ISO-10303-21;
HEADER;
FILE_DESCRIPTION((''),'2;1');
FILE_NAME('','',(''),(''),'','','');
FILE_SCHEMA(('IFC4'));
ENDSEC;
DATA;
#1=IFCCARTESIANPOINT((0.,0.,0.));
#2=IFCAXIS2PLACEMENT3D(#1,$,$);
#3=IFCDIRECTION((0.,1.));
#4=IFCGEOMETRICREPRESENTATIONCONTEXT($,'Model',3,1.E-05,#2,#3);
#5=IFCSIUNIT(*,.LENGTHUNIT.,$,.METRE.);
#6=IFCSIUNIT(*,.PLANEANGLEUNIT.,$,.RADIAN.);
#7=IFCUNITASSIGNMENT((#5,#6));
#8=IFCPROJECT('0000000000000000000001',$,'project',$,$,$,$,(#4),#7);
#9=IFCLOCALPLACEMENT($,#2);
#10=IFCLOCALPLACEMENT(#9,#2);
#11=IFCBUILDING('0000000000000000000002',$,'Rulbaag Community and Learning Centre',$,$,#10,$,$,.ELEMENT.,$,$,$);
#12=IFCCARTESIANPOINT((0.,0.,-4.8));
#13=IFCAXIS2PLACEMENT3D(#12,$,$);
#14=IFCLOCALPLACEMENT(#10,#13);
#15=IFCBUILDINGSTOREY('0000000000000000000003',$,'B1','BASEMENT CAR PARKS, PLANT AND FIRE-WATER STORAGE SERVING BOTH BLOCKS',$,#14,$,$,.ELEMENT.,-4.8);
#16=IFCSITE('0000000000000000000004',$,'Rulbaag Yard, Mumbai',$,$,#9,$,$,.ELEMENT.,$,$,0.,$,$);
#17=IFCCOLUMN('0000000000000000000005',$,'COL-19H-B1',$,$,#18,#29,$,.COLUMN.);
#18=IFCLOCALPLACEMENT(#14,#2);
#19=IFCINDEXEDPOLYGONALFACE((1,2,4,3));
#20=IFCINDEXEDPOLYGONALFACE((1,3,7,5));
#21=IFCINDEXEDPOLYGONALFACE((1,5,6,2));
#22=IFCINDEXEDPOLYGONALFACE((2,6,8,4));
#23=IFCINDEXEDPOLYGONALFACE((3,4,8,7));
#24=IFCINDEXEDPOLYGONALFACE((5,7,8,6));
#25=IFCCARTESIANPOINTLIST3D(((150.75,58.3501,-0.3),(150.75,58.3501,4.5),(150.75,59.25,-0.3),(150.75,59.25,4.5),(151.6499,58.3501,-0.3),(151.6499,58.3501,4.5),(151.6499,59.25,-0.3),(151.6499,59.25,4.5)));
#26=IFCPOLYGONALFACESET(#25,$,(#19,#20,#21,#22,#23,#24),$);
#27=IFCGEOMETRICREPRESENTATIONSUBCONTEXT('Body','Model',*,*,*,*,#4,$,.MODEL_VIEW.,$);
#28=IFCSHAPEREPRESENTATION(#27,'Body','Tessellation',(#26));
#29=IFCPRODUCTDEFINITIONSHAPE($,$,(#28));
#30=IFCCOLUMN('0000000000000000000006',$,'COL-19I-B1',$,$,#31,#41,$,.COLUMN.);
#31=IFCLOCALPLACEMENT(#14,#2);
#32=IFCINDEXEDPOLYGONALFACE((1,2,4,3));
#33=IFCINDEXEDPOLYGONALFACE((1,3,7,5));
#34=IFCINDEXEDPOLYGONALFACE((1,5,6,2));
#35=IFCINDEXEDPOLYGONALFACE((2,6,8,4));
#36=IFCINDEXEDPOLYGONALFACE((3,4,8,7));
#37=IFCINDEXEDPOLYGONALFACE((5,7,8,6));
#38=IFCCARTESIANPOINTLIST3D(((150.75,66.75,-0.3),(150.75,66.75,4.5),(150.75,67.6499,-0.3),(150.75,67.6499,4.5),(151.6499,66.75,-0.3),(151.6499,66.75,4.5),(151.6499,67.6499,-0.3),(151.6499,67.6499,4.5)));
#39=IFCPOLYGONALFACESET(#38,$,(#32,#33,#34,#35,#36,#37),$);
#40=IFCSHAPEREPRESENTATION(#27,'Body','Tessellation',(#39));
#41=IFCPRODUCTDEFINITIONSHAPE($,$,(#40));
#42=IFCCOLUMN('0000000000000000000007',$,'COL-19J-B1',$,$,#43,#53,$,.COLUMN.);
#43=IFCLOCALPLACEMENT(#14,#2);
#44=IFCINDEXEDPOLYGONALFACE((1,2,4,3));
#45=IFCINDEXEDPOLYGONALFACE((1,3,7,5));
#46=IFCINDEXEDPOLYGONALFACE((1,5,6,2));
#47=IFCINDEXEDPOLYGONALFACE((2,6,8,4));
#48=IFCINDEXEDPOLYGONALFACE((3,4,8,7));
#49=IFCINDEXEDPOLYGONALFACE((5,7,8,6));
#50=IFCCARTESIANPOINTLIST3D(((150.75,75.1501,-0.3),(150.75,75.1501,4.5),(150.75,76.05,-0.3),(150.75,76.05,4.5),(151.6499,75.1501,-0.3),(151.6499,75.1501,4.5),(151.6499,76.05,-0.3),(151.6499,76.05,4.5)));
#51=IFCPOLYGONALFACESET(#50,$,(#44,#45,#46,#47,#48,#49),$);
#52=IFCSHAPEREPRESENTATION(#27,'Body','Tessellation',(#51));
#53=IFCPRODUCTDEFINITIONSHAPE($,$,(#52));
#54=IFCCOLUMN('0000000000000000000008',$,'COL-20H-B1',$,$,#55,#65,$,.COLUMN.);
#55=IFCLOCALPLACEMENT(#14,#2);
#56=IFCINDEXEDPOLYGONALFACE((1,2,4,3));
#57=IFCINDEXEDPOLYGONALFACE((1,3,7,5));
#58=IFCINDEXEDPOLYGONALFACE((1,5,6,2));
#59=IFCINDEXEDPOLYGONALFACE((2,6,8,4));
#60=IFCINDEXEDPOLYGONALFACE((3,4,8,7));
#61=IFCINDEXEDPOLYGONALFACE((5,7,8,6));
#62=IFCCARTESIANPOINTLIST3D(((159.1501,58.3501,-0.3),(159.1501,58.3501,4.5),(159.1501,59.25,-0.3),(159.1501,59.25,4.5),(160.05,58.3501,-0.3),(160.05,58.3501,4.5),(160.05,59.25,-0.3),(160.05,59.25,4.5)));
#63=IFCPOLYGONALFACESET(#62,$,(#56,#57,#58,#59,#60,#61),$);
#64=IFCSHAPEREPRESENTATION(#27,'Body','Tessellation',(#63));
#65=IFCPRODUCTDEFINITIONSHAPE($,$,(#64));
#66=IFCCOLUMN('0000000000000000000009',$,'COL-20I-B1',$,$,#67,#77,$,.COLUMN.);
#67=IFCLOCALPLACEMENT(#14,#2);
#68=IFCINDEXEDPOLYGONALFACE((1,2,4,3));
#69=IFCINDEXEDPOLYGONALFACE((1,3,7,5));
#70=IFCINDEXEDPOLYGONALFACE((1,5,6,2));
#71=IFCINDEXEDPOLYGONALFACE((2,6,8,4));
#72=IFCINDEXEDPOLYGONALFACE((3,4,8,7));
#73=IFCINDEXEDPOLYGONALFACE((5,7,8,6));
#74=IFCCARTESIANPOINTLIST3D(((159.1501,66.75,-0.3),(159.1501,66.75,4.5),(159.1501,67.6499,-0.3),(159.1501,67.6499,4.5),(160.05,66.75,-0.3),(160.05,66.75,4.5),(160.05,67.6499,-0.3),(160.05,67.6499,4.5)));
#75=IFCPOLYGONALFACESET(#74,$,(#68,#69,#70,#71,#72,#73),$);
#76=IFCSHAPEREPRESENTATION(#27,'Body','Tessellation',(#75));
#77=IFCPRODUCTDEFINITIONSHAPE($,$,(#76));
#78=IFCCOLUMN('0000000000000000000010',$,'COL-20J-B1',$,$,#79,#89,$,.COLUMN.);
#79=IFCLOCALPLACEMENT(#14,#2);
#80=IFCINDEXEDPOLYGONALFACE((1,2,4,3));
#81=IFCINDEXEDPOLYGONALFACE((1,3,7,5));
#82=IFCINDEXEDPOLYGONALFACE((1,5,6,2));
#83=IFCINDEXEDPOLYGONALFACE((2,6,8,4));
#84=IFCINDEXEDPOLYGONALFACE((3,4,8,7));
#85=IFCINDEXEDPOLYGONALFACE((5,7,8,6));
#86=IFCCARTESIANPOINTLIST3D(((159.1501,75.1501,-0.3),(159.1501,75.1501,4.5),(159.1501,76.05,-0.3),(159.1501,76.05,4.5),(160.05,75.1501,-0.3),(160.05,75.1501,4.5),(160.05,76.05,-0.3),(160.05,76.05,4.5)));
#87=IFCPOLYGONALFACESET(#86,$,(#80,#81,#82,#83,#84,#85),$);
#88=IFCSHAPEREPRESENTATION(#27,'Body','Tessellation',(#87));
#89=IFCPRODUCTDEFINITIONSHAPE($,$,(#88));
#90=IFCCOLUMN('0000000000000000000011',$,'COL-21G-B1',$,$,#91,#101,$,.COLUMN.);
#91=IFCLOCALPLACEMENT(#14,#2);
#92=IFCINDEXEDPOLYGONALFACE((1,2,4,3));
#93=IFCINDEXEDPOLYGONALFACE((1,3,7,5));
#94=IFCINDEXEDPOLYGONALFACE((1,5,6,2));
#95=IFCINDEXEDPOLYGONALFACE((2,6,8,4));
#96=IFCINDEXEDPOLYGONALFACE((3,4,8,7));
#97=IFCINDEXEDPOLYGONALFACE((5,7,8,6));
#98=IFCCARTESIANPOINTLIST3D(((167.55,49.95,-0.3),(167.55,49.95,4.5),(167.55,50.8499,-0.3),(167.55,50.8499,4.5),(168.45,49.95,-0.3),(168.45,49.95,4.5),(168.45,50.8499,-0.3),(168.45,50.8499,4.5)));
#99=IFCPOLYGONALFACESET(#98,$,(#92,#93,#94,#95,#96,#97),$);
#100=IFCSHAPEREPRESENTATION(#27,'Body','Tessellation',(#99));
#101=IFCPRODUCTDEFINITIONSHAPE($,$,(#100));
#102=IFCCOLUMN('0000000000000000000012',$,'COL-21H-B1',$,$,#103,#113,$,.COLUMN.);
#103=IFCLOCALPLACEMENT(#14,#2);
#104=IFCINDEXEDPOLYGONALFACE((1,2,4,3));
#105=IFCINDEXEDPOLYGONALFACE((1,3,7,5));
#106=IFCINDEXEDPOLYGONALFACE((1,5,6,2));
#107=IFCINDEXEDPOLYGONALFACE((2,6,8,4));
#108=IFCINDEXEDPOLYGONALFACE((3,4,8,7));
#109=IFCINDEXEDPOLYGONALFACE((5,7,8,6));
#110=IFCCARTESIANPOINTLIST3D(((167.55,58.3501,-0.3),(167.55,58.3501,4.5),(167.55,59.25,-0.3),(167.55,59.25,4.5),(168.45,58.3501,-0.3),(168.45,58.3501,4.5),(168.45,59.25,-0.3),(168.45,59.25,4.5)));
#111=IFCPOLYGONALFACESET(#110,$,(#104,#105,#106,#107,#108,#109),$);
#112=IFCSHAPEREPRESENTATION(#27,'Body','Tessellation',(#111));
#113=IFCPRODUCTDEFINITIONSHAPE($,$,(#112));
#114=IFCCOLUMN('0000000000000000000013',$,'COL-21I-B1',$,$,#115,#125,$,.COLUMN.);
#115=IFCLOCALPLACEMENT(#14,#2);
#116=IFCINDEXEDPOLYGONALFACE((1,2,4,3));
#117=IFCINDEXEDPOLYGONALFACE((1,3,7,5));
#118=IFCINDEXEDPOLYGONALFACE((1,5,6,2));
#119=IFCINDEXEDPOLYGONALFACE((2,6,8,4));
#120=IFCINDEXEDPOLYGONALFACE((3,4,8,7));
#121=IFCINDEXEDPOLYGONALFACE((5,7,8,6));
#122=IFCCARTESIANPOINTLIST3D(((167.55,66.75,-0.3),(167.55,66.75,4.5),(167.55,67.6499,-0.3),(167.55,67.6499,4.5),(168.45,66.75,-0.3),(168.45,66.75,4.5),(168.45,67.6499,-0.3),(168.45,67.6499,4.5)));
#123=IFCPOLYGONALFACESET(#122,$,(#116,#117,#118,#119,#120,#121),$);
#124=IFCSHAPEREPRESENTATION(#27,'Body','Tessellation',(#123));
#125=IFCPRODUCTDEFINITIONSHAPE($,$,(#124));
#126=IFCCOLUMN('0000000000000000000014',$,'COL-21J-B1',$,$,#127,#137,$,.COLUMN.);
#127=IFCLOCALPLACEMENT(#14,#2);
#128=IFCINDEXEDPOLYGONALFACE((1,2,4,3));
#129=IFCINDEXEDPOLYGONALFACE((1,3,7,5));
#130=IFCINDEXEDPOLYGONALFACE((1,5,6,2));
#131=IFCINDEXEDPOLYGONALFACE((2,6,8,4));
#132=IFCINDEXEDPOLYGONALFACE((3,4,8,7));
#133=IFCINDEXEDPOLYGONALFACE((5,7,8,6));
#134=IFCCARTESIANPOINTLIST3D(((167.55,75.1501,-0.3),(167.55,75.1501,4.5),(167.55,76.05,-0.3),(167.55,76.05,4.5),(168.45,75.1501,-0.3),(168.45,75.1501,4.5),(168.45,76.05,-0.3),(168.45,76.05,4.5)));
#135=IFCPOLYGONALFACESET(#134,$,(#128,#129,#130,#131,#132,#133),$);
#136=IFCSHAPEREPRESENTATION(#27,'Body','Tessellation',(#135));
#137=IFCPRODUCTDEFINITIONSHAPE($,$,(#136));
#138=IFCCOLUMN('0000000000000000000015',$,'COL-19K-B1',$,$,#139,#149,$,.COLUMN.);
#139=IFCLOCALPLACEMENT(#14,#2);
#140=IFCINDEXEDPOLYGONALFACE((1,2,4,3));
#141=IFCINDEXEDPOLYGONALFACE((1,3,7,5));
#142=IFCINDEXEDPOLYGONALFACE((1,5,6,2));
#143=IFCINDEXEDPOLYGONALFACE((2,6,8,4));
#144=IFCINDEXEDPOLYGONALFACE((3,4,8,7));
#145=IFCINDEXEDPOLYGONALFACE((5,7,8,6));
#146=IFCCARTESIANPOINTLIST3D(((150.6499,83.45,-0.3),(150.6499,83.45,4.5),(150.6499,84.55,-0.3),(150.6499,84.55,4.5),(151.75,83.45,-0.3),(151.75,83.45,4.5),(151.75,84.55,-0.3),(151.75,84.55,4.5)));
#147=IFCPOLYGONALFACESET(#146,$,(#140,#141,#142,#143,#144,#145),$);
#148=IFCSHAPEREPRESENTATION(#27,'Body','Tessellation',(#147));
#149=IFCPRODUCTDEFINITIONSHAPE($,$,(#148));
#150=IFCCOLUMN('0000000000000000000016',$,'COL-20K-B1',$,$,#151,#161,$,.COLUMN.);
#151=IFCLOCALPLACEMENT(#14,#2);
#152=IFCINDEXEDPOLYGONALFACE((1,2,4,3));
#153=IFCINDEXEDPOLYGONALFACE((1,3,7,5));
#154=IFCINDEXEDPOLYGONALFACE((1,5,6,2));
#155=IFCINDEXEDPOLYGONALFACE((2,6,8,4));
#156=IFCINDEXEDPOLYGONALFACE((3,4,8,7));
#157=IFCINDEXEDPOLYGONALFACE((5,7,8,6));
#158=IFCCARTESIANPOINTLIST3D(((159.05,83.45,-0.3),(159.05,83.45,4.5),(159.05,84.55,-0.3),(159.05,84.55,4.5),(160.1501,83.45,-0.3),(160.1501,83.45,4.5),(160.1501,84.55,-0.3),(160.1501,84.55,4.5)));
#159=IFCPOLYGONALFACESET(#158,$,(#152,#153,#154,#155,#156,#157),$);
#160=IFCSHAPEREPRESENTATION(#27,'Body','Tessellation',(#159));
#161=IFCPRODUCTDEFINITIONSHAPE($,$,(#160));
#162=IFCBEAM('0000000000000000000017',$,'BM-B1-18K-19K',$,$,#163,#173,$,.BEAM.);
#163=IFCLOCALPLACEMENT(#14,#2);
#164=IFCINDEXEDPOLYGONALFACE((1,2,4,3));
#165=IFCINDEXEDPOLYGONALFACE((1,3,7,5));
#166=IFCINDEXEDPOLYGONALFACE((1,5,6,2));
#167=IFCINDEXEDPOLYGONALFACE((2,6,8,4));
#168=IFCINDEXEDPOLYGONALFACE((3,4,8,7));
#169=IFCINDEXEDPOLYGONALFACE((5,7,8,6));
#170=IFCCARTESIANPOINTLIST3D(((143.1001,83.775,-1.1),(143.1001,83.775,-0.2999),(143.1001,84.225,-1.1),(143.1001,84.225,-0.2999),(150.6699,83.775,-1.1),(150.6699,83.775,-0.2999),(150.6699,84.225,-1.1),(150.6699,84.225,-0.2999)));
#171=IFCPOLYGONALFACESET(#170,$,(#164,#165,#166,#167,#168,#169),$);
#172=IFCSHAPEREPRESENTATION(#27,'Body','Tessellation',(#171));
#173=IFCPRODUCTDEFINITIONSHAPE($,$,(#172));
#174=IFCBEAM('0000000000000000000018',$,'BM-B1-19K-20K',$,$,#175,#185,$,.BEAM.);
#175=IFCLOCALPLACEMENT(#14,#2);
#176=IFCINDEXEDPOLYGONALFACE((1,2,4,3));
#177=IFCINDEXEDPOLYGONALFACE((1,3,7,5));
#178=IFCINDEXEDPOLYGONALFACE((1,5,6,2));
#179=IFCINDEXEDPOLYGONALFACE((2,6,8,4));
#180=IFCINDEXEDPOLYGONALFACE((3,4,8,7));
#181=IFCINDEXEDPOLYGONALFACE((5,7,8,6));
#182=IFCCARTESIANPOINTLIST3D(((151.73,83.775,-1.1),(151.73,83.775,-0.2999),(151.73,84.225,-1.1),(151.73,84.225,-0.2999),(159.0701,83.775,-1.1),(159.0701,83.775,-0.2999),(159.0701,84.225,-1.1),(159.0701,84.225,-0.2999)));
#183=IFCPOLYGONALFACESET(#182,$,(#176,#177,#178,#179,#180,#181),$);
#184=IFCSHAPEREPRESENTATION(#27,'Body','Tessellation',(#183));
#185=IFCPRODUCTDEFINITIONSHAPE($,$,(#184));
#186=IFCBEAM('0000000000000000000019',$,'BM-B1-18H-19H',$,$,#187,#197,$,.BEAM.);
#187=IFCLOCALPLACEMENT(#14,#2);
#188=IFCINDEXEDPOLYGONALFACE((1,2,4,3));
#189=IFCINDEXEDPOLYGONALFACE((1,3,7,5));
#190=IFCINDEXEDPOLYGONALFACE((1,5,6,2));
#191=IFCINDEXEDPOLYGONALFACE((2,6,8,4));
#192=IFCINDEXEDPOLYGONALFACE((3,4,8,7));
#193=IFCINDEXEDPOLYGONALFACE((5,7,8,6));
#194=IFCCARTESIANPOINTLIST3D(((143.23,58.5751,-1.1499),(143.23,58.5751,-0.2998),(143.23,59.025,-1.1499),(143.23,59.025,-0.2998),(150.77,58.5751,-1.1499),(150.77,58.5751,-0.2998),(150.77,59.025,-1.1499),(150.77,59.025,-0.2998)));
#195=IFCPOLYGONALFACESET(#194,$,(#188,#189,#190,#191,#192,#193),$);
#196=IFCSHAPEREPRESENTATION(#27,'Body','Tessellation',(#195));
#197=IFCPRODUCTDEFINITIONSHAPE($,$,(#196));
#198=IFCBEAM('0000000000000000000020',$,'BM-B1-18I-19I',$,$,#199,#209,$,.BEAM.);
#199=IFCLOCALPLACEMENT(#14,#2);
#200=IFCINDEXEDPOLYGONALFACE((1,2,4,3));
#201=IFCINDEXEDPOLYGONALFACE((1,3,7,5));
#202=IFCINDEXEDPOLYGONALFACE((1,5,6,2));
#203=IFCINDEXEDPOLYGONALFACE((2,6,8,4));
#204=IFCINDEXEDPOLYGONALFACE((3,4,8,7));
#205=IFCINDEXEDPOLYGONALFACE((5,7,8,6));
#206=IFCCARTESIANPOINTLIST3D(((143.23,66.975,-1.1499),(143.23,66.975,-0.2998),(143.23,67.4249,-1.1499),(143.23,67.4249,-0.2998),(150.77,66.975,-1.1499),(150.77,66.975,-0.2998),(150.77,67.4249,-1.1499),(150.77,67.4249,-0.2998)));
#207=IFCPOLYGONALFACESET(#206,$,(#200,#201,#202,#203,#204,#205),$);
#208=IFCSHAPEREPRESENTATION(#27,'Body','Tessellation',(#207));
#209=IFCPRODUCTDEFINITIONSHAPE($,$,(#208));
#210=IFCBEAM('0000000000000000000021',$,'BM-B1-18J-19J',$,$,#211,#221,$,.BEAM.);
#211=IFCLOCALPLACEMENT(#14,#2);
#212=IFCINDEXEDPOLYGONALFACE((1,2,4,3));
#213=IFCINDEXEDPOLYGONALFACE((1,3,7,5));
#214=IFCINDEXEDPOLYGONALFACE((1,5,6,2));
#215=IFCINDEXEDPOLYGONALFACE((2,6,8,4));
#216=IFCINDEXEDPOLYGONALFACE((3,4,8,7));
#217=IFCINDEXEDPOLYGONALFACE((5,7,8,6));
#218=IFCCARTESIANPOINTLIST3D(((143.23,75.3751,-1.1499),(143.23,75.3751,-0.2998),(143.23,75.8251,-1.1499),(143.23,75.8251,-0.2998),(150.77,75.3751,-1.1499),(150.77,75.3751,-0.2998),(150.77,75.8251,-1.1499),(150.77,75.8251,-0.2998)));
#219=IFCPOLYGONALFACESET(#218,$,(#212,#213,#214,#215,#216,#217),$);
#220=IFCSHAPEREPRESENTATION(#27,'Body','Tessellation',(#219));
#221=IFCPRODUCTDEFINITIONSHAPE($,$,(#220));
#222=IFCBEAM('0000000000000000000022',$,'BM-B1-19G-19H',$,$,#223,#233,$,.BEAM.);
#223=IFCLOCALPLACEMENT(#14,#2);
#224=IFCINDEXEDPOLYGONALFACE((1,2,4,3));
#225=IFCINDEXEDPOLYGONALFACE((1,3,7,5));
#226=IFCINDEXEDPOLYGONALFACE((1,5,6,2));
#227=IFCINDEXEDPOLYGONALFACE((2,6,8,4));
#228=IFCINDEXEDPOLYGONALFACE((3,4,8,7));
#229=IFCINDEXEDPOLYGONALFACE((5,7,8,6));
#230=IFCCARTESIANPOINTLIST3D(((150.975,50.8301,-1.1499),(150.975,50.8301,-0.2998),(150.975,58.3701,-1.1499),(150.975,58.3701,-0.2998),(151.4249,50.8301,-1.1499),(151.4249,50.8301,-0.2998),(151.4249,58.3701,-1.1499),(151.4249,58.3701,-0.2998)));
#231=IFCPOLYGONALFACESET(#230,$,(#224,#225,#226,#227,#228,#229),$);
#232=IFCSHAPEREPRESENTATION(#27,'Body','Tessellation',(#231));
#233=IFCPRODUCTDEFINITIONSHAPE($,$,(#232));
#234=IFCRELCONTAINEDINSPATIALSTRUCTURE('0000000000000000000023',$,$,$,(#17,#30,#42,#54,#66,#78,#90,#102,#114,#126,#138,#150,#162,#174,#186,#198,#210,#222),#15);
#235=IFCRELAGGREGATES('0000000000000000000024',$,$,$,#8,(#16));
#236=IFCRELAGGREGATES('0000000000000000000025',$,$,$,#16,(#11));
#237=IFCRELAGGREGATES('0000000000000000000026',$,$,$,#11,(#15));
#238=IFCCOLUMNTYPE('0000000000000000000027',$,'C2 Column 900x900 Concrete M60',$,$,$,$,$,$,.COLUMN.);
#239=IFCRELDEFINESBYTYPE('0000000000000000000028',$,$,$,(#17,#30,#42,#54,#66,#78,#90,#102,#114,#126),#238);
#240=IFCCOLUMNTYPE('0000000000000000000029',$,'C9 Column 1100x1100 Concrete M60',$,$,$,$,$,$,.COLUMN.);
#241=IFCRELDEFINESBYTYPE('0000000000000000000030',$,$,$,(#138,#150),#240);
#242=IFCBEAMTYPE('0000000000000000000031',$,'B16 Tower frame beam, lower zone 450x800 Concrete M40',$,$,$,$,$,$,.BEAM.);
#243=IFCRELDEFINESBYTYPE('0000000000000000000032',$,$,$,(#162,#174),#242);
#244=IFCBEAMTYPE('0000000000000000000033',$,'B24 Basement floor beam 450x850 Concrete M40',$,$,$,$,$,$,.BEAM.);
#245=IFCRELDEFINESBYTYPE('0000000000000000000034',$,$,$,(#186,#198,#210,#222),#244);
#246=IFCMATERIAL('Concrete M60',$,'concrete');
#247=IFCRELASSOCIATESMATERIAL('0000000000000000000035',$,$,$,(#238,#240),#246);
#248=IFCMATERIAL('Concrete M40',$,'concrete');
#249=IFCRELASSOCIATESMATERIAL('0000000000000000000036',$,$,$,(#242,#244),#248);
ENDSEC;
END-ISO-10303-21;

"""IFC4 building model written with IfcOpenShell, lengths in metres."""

from ifc_helpers import new_model, si_unit, direction, frame, origin, origin_2d, place, context, subcontext, project, spatial, rectangle, extrude, material, material_profile, profile_set, type_object, element, save


model = new_model("IFC4")

# Units and contexts
model_context = context("Model", 3, precision=1e-05, world=origin(), true_north=direction((0.0, 1.0)))
body_context = subcontext(model_context, "Body", "Model", "MODEL_VIEW")
ifc_project = project(units=[si_unit("LENGTHUNIT", "METRE"), si_unit("PLANEANGLEUNIT", "RADIAN")], contexts=[model_context])

# Site, building, storey
site_placement = place(None, origin())
site = spatial("IfcSite", under=ifc_project, at=site_placement, Name="Rulbaag Yard, Mumbai", CompositionType="ELEMENT", RefElevation=0.0)
building_placement = place(site_placement, origin())
building = spatial("IfcBuilding", under=site, at=building_placement, Name="Rulbaag Community and Learning Centre", CompositionType="ELEMENT")
storey_placement = place(building_placement, frame((0.0, 0.0, -4.8)))
storey = spatial("IfcBuildingStorey", under=building, at=storey_placement, Name="B1", Description="BASEMENT CAR PARKS, PLANT AND FIRE-WATER STORAGE SERVING BOTH BLOCKS", CompositionType="ELEMENT", Elevation=-4.8)

# Columns
ifc_material_1 = material(Name="Concrete M60", Category="concrete")
ifc_material_profile_1 = material_profile(ifc_material_1, rectangle(XDim=0.8999, YDim=0.8999, at=origin_2d()), Name="RC900x900")
ifc_profile_set_1 = profile_set([ifc_material_profile_1], Name="Concrete M60")
column_type_1 = type_object("IfcColumnType", Name="C2 Column 900x900 Concrete M60", PredefinedType="COLUMN", material=ifc_profile_set_1)
for number, where, z_axis, x_axis, name in (
    (1, (151.2, 58.8, -0.3), (0.0, 0.0, 1.0), (1.0, 0.0, 0.0), "COL-19H-B1"),
    (2, (151.2, 67.2, -0.3), (0.0, 0.0, 1.0), (1.0, 0.0, 0.0), "COL-19I-B1"),
    (3, (151.2, 75.6001, -0.3), (0.0, 0.0, 1.0), (1.0, 0.0, 0.0), "COL-19J-B1"),
    (4, (159.6001, 58.8, -0.3), (0.0, 0.0, 1.0), (1.0, 0.0, 0.0), "COL-20H-B1"),
    (5, (159.6001, 67.2, -0.3), (0.0, 0.0, 1.0), (1.0, 0.0, 0.0), "COL-20I-B1"),
    (6, (159.6001, 75.6001, -0.3), (0.0, 0.0, 1.0), (1.0, 0.0, 0.0), "COL-20J-B1"),
    (7, (168.0, 50.3999, -0.3), (0.0, 0.0, 1.0), (1.0, 0.0, 0.0), "COL-21G-B1"),
    (8, (168.0, 58.8, -0.3), (0.0, 0.0, 1.0), (1.0, 0.0, 0.0), "COL-21H-B1"),
    (9, (168.0, 67.2, -0.3), (0.0, 0.0, 1.0), (1.0, 0.0, 0.0), "COL-21I-B1"),
    (10, (168.0, 75.6001, -0.3), (0.0, 0.0, 1.0), (1.0, 0.0, 0.0), "COL-21J-B1"),
):
    element("IfcColumn", number, at=place(storey_placement, frame(where, z_axis=z_axis, x_axis=x_axis)), inside=storey, type_object=column_type_1, Name=name, PredefinedType="COLUMN", context=body_context, shape_type="SweptSolid", body=[
        extrude(rectangle(XDim=0.8999, YDim=0.8999, at=origin_2d()), origin(), (0.0, 0.0, 1.0), 4.8),
    ])
ifc_material_profile_2 = material_profile(ifc_material_1, rectangle(XDim=1.1001, YDim=1.1001, at=origin_2d()), Name="RC1100x1100")
ifc_profile_set_2 = profile_set([ifc_material_profile_2], Name="Concrete M60")
column_type_2 = type_object("IfcColumnType", Name="C9 Column 1100x1100 Concrete M60", PredefinedType="COLUMN", material=ifc_profile_set_2)
for number, where, z_axis, x_axis, name in (
    (11, (151.2, 84.0, -0.3), (0.0, 0.0, 1.0), (1.0, 0.0, 0.0), "COL-19K-B1"),
    (12, (159.6001, 84.0, -0.3), (0.0, 0.0, 1.0), (1.0, 0.0, 0.0), "COL-20K-B1"),
):
    element("IfcColumn", number, at=place(storey_placement, frame(where, z_axis=z_axis, x_axis=x_axis)), inside=storey, type_object=column_type_2, Name=name, PredefinedType="COLUMN", context=body_context, shape_type="SweptSolid", body=[
        extrude(rectangle(XDim=1.1001, YDim=1.1001, at=origin_2d()), origin(), (0.0, 0.0, 1.0), 4.8),
    ])

# Beams
ifc_material_2 = material(Name="Concrete M40", Category="concrete")
ifc_material_profile_3 = material_profile(ifc_material_2, rectangle(XDim=0.45, YDim=0.8, at=origin_2d()), Name="RB450x800")
ifc_profile_set_3 = profile_set([ifc_material_profile_3], Name="Concrete M40")
beam_type_1 = type_object("IfcBeamType", Name="B16 Tower frame beam, lower zone 450x800 Concrete M40", PredefinedType="BEAM", material=ifc_profile_set_3)
beam_1_placement = place(storey_placement, frame((143.1001, 84.0, -0.7), z_axis=(1.0, 0.0, 0.0), x_axis=(0.0, 1.0, 0.0)))
element("IfcBeam", 13, at=beam_1_placement, inside=storey, type_object=beam_type_1, Name="BM-B1-18K-19K", PredefinedType="BEAM", context=body_context, shape_type="SweptSolid", body=[
    extrude(rectangle(XDim=0.45, YDim=0.8, at=origin_2d()), origin(), (0.0, 0.0, 1.0), 7.5698),
])
beam_2_placement = place(storey_placement, frame((151.73, 84.0, -0.7), z_axis=(1.0, 0.0, 0.0), x_axis=(0.0, 1.0, 0.0)))
element("IfcBeam", 14, at=beam_2_placement, inside=storey, type_object=beam_type_1, Name="BM-B1-19K-20K", PredefinedType="BEAM", context=body_context, shape_type="SweptSolid", body=[
    extrude(rectangle(XDim=0.45, YDim=0.8, at=origin_2d()), origin(), (0.0, 0.0, 1.0), 7.3401),
])
ifc_material_profile_4 = material_profile(ifc_material_2, rectangle(XDim=0.45, YDim=0.8501, at=origin_2d()), Name="RB450x850")
ifc_profile_set_4 = profile_set([ifc_material_profile_4], Name="Concrete M40")
beam_type_2 = type_object("IfcBeamType", Name="B24 Basement floor beam 450x850 Concrete M40", PredefinedType="BEAM", material=ifc_profile_set_4)
for number, where, z_axis, x_axis, name in (
    (15, (143.23, 58.8, -0.7249), (1.0, 0.0, 0.0), (0.0, 1.0, 0.0), "BM-B1-18H-19H"),
    (16, (143.23, 67.2, -0.7249), (1.0, 0.0, 0.0), (0.0, 1.0, 0.0), "BM-B1-18I-19I"),
    (17, (143.23, 75.6001, -0.7249), (1.0, 0.0, 0.0), (0.0, 1.0, 0.0), "BM-B1-18J-19J"),
    (18, (151.2, 50.8301, -0.7249), (0.0, 1.0, 0.0), (-1.0, 0.0, 0.0), "BM-B1-19G-19H"),
):
    element("IfcBeam", number, at=place(storey_placement, frame(where, z_axis=z_axis, x_axis=x_axis)), inside=storey, type_object=beam_type_2, Name=name, PredefinedType="BEAM", context=body_context, shape_type="SweptSolid", body=[
        extrude(rectangle(XDim=0.45, YDim=0.8501, at=origin_2d()), origin(), (0.0, 0.0, 1.0), 7.54),
    ])

save(model, "model.ifc")
